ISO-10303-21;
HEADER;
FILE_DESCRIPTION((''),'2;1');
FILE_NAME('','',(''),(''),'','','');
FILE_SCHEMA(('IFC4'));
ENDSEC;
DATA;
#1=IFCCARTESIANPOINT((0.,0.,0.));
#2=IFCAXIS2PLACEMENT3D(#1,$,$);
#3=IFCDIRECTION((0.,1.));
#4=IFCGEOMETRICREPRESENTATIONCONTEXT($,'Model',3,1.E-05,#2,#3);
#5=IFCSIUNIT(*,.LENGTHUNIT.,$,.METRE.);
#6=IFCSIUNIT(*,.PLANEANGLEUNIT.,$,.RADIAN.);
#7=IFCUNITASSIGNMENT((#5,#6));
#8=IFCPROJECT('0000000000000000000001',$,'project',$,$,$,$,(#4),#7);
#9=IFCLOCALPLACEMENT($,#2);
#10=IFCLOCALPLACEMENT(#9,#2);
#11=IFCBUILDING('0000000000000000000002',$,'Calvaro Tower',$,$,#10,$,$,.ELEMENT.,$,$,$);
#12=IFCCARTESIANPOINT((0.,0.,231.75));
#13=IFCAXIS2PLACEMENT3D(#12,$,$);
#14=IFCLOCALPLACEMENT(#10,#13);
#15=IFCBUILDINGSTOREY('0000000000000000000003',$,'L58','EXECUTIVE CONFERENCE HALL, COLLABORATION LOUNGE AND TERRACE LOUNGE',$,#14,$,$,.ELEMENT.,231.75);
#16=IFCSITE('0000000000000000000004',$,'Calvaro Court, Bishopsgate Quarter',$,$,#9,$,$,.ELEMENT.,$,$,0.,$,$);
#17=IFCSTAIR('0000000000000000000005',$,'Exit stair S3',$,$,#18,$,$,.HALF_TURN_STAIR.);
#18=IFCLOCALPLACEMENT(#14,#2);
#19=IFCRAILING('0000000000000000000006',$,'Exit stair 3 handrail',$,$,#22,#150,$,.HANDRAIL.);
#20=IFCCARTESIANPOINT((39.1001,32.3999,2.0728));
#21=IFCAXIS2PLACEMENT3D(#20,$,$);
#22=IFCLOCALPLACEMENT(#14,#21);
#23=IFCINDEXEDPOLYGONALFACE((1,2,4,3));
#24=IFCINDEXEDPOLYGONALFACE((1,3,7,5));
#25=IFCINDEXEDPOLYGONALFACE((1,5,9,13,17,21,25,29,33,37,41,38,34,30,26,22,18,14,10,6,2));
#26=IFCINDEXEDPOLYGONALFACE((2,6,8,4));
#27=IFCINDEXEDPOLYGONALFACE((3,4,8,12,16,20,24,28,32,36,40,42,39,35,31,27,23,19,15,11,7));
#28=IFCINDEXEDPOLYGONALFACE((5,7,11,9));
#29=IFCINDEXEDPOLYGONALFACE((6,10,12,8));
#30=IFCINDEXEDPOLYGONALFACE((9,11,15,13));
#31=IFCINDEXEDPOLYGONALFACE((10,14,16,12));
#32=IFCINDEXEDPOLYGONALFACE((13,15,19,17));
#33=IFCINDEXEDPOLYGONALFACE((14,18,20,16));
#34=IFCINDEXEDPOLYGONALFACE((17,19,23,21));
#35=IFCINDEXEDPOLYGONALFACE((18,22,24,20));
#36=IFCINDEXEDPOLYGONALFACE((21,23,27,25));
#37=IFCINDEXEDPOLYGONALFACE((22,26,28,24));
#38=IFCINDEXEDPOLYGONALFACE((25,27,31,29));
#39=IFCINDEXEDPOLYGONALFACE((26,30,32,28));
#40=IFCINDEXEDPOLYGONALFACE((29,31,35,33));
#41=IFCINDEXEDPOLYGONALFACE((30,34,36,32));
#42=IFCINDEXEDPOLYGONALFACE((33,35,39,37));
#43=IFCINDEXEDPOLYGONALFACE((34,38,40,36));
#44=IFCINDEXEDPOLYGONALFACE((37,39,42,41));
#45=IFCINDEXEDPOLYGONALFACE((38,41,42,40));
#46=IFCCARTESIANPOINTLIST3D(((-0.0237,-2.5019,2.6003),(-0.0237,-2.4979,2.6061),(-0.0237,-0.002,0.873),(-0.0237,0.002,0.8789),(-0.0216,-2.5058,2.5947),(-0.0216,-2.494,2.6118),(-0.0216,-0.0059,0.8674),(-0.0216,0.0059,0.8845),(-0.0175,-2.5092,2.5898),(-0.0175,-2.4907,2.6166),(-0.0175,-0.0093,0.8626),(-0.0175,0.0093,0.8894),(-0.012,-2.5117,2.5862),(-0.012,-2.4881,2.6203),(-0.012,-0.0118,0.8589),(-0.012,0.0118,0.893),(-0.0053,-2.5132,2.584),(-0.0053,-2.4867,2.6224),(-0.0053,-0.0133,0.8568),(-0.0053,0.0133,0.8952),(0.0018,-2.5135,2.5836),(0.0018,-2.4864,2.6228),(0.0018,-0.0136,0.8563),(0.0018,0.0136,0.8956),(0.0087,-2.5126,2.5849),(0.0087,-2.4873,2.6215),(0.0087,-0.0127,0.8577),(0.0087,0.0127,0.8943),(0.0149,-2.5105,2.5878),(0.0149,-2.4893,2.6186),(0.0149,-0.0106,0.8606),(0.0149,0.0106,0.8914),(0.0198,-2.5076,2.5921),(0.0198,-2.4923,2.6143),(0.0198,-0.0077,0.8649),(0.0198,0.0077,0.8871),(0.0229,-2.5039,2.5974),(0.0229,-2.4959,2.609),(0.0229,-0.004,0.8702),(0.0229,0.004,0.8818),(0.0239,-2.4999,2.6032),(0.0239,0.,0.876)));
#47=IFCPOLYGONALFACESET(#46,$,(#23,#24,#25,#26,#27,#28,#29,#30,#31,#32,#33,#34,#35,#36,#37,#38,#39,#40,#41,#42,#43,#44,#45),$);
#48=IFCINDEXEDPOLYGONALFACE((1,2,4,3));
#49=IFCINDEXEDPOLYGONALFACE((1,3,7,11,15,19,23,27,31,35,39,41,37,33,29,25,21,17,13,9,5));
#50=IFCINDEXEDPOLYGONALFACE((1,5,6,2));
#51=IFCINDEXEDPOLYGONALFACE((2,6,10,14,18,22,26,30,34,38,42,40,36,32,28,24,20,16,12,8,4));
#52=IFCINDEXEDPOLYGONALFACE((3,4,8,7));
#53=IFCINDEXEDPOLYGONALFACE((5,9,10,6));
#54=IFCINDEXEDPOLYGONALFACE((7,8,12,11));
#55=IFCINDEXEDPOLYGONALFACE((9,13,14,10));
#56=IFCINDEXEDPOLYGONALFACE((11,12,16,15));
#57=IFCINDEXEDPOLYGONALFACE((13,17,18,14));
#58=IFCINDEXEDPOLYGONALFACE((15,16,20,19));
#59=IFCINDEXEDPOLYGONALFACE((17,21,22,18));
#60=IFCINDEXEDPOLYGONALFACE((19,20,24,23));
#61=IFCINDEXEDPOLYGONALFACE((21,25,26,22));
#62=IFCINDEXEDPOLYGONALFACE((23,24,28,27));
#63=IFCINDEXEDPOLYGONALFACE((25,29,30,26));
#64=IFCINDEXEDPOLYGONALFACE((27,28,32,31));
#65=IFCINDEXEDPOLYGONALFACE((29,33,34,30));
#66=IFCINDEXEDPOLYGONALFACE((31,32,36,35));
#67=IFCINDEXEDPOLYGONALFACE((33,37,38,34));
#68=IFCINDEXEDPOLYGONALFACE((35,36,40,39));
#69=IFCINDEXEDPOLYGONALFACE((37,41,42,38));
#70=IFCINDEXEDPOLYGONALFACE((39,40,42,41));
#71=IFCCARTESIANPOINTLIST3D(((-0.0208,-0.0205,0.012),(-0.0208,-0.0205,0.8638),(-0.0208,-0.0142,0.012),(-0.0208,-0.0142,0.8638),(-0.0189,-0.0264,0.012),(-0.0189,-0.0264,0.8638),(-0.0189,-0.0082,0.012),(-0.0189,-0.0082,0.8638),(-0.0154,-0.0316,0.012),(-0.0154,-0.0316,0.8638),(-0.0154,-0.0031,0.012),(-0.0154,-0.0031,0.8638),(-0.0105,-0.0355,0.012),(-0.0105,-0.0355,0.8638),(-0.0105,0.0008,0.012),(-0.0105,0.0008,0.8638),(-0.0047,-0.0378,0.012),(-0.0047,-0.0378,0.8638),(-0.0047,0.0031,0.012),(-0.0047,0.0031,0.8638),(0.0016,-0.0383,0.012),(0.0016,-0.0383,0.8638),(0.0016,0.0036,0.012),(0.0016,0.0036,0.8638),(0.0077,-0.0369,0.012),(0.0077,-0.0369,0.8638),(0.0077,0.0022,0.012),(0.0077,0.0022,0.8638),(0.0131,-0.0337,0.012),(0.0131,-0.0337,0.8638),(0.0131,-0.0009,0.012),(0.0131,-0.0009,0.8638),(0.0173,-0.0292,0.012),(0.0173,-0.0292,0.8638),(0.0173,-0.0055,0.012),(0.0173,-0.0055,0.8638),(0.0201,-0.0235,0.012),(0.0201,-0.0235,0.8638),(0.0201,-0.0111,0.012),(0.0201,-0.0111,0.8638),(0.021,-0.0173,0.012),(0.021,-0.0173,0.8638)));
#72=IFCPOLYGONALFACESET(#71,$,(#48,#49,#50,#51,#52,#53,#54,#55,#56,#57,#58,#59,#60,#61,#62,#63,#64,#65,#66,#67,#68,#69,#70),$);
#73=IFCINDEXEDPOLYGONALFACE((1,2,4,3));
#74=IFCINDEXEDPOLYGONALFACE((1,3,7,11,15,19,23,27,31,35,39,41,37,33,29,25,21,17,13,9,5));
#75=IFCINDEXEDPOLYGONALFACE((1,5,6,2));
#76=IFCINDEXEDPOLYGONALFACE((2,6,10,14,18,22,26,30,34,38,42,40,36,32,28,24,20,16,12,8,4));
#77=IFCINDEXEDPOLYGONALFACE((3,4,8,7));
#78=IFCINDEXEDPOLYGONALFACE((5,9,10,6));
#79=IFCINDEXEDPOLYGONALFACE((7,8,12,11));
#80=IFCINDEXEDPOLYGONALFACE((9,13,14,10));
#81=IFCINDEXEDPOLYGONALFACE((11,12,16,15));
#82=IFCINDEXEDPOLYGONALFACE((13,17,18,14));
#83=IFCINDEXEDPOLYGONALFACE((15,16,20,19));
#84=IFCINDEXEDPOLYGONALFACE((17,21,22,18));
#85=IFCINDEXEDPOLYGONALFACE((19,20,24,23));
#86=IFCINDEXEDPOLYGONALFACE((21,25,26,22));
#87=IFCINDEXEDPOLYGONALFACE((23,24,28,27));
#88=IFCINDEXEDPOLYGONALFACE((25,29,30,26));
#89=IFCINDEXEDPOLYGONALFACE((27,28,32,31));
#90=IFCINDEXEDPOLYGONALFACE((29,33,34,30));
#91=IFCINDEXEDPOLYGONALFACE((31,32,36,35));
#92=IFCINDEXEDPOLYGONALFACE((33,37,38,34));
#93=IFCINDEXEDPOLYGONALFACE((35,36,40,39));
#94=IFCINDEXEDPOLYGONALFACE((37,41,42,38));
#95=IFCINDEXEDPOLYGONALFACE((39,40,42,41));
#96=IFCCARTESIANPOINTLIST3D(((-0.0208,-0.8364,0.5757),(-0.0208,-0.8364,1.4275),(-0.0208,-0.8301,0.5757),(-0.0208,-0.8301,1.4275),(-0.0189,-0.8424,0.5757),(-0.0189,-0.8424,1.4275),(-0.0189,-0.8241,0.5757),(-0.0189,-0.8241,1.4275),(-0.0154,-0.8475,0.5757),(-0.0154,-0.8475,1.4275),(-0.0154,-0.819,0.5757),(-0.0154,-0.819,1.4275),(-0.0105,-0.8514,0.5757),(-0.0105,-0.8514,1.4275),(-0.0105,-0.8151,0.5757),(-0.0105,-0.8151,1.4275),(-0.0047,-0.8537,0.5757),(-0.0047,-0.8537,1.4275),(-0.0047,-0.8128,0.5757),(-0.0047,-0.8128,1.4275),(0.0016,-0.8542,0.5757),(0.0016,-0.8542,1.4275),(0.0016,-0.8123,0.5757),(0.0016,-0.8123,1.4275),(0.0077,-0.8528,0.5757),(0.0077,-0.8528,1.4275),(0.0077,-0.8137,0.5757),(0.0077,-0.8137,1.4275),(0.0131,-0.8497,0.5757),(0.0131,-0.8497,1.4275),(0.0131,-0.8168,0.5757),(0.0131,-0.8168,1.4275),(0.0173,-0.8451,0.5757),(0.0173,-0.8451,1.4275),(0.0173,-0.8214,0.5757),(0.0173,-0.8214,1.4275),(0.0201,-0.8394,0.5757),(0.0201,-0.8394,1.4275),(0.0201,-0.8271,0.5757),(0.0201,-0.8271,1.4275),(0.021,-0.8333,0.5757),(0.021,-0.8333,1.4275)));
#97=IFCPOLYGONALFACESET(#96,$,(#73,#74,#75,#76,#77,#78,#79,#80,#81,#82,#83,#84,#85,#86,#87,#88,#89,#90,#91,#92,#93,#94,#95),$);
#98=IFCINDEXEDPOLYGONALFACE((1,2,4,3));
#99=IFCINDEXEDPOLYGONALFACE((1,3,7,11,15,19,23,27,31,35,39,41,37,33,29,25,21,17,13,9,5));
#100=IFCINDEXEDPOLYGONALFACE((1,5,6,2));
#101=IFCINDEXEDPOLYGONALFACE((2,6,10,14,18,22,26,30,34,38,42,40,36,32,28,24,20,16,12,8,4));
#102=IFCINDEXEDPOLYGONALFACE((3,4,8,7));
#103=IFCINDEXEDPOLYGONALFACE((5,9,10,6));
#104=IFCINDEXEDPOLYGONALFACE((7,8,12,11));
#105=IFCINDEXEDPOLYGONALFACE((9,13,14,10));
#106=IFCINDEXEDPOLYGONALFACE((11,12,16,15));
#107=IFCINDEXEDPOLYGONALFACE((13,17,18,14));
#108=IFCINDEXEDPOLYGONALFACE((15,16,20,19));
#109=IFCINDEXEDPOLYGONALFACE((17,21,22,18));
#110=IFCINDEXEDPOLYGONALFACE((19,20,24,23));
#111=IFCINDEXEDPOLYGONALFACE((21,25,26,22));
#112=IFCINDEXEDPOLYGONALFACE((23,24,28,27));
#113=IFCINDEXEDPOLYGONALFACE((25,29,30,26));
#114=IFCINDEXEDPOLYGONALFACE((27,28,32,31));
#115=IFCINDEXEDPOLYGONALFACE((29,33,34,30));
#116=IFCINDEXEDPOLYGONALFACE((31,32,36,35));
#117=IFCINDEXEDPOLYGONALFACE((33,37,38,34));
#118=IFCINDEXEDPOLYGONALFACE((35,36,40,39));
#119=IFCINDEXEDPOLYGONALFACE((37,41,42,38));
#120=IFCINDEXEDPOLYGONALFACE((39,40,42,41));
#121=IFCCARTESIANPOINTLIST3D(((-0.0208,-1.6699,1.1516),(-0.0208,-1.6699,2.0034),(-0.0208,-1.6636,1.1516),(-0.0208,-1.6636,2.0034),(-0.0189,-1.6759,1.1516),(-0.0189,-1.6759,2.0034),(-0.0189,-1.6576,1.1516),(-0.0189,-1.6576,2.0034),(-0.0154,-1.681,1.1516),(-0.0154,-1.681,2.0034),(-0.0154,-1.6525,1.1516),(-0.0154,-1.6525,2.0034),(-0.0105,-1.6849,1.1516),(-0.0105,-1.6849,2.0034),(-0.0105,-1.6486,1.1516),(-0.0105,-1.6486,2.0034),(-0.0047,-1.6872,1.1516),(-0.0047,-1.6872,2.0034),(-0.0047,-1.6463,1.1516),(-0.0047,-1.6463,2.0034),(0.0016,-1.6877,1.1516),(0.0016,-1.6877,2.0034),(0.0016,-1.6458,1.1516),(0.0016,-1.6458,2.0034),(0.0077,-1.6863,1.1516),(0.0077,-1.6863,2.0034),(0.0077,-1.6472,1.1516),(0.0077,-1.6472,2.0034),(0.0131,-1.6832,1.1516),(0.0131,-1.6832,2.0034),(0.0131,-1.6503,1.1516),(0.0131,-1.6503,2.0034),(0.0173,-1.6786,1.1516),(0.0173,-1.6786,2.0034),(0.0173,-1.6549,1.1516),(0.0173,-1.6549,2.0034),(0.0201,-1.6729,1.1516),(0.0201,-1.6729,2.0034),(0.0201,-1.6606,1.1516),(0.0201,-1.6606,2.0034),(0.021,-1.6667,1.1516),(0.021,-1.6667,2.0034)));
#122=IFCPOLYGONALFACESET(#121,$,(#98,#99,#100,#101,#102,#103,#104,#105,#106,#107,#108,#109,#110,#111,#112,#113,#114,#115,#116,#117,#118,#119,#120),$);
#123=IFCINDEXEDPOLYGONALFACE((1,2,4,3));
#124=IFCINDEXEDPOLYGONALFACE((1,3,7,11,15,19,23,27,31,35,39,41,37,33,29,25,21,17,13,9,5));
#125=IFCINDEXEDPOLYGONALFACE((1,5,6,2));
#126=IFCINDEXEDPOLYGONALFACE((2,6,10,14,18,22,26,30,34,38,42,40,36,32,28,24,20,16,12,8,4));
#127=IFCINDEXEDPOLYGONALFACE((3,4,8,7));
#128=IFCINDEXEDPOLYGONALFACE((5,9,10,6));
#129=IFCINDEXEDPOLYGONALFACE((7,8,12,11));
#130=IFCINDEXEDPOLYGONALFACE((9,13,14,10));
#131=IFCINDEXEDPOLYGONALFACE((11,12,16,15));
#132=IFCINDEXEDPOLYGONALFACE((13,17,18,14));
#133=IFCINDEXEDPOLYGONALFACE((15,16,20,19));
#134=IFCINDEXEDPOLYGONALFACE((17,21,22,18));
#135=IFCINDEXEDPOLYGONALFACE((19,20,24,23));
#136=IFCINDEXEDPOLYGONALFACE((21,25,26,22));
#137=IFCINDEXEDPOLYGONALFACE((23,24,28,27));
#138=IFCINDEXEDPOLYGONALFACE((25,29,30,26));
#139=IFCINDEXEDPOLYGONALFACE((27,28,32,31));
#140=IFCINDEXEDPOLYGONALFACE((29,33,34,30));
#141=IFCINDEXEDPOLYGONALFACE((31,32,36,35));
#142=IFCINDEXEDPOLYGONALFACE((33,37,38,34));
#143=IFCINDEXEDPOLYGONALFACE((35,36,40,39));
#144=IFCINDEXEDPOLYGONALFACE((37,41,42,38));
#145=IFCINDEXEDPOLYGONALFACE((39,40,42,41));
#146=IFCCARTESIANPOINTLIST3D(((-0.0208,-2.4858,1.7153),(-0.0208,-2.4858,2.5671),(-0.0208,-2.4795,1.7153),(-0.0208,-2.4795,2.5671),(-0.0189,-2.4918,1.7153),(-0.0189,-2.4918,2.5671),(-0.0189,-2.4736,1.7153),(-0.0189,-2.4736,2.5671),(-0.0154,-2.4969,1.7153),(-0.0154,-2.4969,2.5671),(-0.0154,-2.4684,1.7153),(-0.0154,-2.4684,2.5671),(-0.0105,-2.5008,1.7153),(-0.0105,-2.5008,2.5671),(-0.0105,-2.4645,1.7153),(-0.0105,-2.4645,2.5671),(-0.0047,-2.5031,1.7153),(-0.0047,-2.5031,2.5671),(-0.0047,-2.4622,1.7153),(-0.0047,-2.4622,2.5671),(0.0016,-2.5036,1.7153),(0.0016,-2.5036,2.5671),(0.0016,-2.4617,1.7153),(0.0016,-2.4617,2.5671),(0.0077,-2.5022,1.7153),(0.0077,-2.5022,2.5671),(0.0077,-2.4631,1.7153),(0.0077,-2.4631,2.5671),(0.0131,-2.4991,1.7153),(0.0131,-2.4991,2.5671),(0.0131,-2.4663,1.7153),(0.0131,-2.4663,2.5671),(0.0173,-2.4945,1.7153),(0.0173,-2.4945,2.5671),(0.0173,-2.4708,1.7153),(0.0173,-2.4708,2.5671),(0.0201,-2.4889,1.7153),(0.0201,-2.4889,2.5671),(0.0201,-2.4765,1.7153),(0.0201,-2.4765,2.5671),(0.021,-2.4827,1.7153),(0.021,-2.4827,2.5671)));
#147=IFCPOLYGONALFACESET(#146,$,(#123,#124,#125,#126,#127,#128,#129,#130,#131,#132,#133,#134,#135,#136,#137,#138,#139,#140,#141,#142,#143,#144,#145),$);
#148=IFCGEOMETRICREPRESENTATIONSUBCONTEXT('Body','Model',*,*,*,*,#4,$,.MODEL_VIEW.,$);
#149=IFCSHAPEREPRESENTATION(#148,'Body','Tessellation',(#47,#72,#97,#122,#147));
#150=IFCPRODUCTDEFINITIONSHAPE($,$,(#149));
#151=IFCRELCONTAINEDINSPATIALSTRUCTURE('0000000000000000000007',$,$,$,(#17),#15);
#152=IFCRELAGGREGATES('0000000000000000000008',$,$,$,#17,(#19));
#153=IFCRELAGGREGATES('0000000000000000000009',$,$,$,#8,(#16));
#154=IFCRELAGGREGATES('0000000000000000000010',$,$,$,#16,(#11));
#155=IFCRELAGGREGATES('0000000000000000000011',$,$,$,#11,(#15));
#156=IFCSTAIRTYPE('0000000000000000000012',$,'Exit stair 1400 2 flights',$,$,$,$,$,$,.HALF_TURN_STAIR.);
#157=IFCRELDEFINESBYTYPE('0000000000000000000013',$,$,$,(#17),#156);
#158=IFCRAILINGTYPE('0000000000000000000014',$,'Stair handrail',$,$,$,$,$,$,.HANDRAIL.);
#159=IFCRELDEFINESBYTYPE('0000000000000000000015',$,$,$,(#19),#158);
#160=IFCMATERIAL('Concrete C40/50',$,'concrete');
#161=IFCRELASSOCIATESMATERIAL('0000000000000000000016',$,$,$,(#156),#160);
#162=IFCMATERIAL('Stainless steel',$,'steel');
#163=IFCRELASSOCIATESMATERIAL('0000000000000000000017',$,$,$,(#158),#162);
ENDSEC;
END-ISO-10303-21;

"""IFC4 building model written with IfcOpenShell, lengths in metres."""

from ifc_helpers import new_model, si_unit, direction, frame, origin, origin_2d, place, context, subcontext, project, spatial, circle, extrude, material, type_object, element, aggregate, save


model = new_model("IFC4")

# Units and contexts
model_context = context("Model", 3, precision=1e-05, world=origin(), true_north=direction((0.0, 1.0)))
body_context = subcontext(model_context, "Body", "Model", "MODEL_VIEW")
ifc_project = project(units=[si_unit("LENGTHUNIT", "METRE"), si_unit("PLANEANGLEUNIT", "RADIAN")], contexts=[model_context])

# Site, building, storey
site_placement = place(None, origin())
site = spatial("IfcSite", under=ifc_project, at=site_placement, Name="Calvaro Court, Bishopsgate Quarter", CompositionType="ELEMENT", RefElevation=0.0)
building_placement = place(site_placement, origin())
building = spatial("IfcBuilding", under=site, at=building_placement, Name="Calvaro Tower", CompositionType="ELEMENT")
storey_placement = place(building_placement, frame((0.0, 0.0, 231.75)))
storey = spatial("IfcBuildingStorey", under=building, at=storey_placement, Name="L58", Description="EXECUTIVE CONFERENCE HALL, COLLABORATION LOUNGE AND TERRACE LOUNGE", CompositionType="ELEMENT", Elevation=231.75)

# Stair, railing
ifc_material_1 = material(Name="Concrete C40/50", Category="concrete")
stair_type = type_object("IfcStairType", Name="Exit stair 1400 2 flights", PredefinedType="HALF_TURN_STAIR", material=ifc_material_1)
stair_placement = place(storey_placement, origin())
stair = element("IfcStair", 1, at=stair_placement, inside=storey, type_object=stair_type, Name="Exit stair S3", PredefinedType="HALF_TURN_STAIR")
ifc_material_2 = material(Name="Stainless steel", Category="steel")
railing_type = type_object("IfcRailingType", Name="Stair handrail", PredefinedType="HANDRAIL", material=ifc_material_2)
railing_1_placement = place(storey_placement, frame((39.1001, 32.3999, 2.0728)))
railing_1 = element("IfcRailing", 2, at=railing_1_placement, type_object=railing_type, Name="Exit stair 3 handrail", PredefinedType="HANDRAIL", context=body_context, shape_type="SweptSolid", body=[
    extrude(circle(Radius=0.0239, at=origin_2d()), frame((0.0, 0.0, 0.876), z_axis=(0.0, -0.822727, 0.568437), x_axis=(1.0, 0.0, 0.0)), (0.0, 0.0, 1.0), 3.0386),
    extrude(circle(Radius=0.021, at=origin_2d()), frame((0.0, -0.0173, 0.012)), (0.0, 0.0, 1.0), 0.8518),
    extrude(circle(Radius=0.021, at=origin_2d()), frame((0.0, -0.8333, 0.5757)), (0.0, 0.0, 1.0), 0.8518),
    extrude(circle(Radius=0.021, at=origin_2d()), frame((0.0, -1.6667, 1.1516)), (0.0, 0.0, 1.0), 0.8518),
    extrude(circle(Radius=0.021, at=origin_2d()), frame((0.0, -2.4827, 1.7153)), (0.0, 0.0, 1.0), 0.8518),
])
aggregate(stair, [railing_1])

save(model, "model.ifc")
